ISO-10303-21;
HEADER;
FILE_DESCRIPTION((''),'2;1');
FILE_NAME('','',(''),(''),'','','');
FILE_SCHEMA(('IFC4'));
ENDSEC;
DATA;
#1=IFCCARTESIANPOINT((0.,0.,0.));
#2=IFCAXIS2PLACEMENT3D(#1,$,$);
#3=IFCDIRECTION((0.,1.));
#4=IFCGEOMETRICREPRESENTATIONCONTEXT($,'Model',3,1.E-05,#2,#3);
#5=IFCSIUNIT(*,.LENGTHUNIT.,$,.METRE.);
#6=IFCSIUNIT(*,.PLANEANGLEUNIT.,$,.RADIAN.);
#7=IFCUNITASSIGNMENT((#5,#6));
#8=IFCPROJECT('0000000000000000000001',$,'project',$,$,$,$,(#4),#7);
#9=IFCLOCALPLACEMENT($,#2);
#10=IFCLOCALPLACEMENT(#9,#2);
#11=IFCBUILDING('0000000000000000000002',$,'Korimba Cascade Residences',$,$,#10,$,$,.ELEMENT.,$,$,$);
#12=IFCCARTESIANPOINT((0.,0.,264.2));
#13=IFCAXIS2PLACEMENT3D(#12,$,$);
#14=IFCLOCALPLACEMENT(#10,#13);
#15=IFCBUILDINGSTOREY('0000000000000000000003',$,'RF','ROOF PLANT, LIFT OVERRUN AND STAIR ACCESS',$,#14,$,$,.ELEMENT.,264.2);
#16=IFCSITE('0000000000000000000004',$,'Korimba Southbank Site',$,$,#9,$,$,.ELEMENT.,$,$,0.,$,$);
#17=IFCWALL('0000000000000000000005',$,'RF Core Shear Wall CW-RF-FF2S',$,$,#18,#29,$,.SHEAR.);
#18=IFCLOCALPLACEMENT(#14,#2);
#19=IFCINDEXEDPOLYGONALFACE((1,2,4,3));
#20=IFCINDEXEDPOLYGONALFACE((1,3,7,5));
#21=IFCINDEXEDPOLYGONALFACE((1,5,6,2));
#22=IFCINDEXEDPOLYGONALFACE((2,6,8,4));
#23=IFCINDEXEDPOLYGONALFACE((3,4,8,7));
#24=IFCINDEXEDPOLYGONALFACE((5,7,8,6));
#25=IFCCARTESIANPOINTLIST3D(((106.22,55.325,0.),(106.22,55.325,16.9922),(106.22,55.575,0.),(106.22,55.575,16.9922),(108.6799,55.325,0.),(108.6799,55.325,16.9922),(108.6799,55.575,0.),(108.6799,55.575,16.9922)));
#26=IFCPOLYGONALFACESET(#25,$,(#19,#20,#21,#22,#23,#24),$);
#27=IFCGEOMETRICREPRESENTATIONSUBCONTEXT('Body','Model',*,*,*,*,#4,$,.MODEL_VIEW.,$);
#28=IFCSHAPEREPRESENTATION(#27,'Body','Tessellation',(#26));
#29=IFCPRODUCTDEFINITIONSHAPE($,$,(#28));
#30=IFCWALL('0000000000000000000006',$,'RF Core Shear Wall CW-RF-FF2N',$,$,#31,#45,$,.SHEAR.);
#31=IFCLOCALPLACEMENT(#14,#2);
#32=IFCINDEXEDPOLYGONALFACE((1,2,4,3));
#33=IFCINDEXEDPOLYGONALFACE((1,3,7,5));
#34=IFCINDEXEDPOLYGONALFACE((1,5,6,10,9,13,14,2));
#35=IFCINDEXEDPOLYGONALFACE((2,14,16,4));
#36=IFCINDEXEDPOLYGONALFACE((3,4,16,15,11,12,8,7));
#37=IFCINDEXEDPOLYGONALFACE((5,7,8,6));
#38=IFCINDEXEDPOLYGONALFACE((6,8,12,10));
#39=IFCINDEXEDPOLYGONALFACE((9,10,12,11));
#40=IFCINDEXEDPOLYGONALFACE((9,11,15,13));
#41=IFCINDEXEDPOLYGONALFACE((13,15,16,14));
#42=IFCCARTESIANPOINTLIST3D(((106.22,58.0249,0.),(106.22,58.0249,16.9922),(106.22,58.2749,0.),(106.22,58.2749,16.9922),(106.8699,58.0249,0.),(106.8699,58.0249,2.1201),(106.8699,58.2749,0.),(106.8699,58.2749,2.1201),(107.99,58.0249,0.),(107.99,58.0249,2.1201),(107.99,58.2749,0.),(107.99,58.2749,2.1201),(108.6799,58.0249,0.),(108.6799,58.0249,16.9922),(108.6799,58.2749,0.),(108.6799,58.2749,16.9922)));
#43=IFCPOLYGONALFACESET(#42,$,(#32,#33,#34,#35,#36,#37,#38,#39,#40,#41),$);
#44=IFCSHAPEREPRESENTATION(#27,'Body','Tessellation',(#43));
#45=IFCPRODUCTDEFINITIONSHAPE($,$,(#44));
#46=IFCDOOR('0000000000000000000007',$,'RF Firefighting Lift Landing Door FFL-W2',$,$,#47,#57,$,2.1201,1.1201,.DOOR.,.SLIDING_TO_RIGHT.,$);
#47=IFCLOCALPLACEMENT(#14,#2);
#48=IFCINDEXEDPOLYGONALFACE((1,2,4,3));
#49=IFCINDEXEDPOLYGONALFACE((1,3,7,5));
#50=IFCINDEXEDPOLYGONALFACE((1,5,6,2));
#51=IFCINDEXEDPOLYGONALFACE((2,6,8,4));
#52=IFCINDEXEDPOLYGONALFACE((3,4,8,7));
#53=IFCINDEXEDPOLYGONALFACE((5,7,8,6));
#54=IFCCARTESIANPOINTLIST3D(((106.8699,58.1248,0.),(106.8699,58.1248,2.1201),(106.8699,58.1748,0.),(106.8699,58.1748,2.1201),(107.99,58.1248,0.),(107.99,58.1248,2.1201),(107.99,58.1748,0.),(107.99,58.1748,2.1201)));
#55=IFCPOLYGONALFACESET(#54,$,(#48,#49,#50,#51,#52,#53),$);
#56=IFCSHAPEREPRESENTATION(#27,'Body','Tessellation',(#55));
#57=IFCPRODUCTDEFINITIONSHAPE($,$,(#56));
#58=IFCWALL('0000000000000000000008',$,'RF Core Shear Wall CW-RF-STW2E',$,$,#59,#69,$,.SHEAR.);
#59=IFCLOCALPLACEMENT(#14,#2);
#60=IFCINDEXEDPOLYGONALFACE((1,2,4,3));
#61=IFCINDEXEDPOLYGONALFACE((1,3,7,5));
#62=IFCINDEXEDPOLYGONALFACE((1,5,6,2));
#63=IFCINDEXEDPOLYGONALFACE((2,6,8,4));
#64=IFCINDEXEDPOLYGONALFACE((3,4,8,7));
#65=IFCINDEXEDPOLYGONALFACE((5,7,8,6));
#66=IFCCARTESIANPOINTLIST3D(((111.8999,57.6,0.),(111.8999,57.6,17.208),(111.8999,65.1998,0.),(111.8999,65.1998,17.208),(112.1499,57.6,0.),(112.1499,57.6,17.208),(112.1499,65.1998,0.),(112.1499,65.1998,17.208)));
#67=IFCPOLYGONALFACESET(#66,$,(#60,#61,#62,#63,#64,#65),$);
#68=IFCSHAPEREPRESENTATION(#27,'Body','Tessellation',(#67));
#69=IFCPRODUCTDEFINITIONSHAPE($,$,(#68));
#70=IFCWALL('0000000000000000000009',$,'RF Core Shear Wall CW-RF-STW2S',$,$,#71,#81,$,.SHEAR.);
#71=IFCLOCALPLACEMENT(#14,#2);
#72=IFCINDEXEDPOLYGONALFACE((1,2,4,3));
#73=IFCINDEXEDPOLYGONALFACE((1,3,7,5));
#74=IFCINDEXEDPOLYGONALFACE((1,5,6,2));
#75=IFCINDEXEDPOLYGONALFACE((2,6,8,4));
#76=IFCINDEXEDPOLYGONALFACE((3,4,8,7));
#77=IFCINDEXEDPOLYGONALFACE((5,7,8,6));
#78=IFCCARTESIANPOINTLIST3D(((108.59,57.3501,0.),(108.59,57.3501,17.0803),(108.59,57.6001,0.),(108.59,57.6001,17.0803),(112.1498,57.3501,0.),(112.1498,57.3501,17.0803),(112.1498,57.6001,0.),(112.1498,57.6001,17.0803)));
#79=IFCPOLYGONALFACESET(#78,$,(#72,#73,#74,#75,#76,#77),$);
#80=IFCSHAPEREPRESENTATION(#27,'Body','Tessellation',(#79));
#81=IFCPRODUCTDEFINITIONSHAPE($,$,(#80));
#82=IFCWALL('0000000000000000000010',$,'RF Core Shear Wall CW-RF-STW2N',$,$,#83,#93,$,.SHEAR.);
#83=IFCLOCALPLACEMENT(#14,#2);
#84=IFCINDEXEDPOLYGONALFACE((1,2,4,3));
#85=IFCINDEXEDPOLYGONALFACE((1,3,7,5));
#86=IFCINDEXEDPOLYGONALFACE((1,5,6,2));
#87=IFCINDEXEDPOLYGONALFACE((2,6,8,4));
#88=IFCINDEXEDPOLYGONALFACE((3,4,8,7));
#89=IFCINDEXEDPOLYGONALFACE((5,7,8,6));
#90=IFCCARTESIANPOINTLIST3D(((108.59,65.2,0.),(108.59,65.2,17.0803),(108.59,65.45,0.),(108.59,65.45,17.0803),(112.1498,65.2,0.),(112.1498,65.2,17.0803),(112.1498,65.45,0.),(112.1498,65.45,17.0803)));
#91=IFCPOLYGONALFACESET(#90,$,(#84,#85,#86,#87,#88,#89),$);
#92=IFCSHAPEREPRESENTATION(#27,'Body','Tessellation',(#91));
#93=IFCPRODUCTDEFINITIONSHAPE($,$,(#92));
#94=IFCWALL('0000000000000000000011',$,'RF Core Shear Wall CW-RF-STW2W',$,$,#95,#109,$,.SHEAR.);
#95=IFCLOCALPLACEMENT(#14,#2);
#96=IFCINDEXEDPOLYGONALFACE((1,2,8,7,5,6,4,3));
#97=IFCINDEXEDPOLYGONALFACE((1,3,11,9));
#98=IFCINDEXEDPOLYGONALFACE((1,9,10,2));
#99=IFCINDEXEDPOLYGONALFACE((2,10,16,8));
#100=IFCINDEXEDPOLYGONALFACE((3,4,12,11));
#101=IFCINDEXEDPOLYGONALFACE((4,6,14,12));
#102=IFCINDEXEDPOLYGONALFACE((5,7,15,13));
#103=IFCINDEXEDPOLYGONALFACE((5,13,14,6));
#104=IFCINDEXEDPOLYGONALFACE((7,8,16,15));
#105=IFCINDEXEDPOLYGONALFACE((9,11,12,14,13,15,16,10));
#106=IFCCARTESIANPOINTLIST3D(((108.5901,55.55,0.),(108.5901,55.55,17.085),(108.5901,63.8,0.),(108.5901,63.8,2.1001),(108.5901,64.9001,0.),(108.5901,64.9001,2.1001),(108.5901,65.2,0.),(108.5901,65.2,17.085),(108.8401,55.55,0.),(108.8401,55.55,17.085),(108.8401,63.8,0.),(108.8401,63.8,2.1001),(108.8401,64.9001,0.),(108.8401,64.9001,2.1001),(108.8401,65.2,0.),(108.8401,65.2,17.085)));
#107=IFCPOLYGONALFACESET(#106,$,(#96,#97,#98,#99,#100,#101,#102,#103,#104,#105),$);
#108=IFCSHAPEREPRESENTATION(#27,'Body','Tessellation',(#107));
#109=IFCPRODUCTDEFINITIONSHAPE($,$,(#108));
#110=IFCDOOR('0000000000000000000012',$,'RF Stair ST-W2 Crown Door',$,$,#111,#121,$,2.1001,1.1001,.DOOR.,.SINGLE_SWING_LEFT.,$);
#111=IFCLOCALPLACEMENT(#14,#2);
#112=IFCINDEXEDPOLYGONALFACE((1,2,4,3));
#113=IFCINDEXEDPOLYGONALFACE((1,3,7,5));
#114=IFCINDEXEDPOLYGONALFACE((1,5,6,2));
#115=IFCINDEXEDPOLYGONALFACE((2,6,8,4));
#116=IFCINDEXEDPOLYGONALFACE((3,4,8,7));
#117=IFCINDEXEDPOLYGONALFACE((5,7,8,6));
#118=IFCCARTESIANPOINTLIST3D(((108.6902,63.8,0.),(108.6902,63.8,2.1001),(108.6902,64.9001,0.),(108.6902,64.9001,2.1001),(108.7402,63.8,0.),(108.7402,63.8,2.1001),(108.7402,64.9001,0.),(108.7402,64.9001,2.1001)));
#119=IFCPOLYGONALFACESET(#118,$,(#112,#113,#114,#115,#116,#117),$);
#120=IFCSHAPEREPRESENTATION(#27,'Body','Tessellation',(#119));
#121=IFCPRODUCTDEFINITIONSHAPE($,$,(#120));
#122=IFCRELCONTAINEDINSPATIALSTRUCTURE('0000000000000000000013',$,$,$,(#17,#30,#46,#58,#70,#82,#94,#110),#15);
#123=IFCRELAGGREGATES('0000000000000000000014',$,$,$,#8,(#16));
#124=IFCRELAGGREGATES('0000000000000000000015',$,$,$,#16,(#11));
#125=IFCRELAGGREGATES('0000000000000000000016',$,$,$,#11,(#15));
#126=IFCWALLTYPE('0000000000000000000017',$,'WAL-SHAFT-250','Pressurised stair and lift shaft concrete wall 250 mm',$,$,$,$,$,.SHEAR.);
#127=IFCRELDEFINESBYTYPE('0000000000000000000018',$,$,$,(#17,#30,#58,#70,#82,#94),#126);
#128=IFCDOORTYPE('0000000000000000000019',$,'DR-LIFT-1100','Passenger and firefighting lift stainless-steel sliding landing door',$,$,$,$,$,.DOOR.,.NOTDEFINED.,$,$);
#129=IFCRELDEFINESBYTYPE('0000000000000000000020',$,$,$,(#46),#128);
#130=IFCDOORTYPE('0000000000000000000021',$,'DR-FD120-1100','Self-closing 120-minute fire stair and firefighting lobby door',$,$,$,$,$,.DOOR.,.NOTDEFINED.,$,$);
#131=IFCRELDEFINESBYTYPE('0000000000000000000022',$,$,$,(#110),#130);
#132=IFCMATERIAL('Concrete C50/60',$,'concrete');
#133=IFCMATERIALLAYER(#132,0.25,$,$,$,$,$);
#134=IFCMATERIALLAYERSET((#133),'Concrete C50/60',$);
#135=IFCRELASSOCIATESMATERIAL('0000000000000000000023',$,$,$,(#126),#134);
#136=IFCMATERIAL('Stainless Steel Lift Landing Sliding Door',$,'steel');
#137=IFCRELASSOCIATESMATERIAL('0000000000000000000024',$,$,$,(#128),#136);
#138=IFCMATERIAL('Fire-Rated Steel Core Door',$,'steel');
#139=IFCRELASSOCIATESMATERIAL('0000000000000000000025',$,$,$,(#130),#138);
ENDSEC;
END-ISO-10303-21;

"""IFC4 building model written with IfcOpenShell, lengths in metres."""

from ifc_helpers import new_model, si_unit, direction, frame, frame_2d, origin, place, context, subcontext, project, spatial, rectangle, extrude, material, layer, layer_set, type_object, element, fill, save


model = new_model("IFC4")

# Units and contexts
model_context = context("Model", 3, precision=1e-05, world=origin(), true_north=direction((0.0, 1.0)))
body_context = subcontext(model_context, "Body", "Model", "MODEL_VIEW")
ifc_project = project(units=[si_unit("LENGTHUNIT", "METRE"), si_unit("PLANEANGLEUNIT", "RADIAN")], contexts=[model_context])

# Site, building, storey
site_placement = place(None, origin())
site = spatial("IfcSite", under=ifc_project, at=site_placement, Name="Korimba Southbank Site", CompositionType="ELEMENT", RefElevation=0.0)
building_placement = place(site_placement, origin())
building = spatial("IfcBuilding", under=site, at=building_placement, Name="Korimba Cascade Residences", CompositionType="ELEMENT")
storey_placement = place(building_placement, frame((0.0, 0.0, 264.2)))
storey = spatial("IfcBuildingStorey", under=building, at=storey_placement, Name="RF", Description="ROOF PLANT, LIFT OVERRUN AND STAIR ACCESS", CompositionType="ELEMENT", Elevation=264.2)

# Wall
ifc_material_1 = material(Name="Concrete C50/60", Category="concrete")
ifc_layer_1 = layer(ifc_material_1, 0.25)
ifc_layer_set_1 = layer_set([ifc_layer_1], Name="Concrete C50/60")
wall_type_1 = type_object("IfcWallType", Name="WAL-SHAFT-250", Description="Pressurised stair and lift shaft concrete wall 250 mm", PredefinedType="SHEAR", material=ifc_layer_set_1)
wall_1_placement = place(storey_placement, frame((106.22, 55.45, 0.0), z_axis=(0.0, 0.0, 1.0), x_axis=(1.0, 0.0, 0.0)))
element("IfcWall", 1, at=wall_1_placement, inside=storey, type_object=wall_type_1, Name="RF Core Shear Wall CW-RF-FF2S", PredefinedType="SHEAR", context=body_context, shape_type="SweptSolid", body=[
    extrude(rectangle(XDim=2.46, YDim=0.25, at=frame_2d((1.23, 0.0))), origin(), (0.0, 0.0, 1.0), 16.9922),
])

# Wall, opening, door
wall_2_placement = place(storey_placement, frame((106.22, 58.1499, 0.0), z_axis=(0.0, 0.0, 1.0), x_axis=(1.0, 0.0, 0.0)))
wall_2 = element("IfcWall", 2, at=wall_2_placement, inside=storey, type_object=wall_type_1, Name="RF Core Shear Wall CW-RF-FF2N", PredefinedType="SHEAR", context=body_context, shape_type="SweptSolid", body=[
    extrude(rectangle(XDim=2.46, YDim=0.25, at=frame_2d((1.23, 0.0))), origin(), (0.0, 0.0, 1.0), 16.9922),
])
opening_1_placement = place(wall_2_placement, frame((0.6499, 0.0, 0.0)))
opening_1 = element("IfcOpeningElement", 3, at=opening_1_placement, cuts=wall_2, PredefinedType="OPENING", context=body_context, shape_type="SweptSolid", body=[
    extrude(rectangle(XDim=1.1201, YDim=2.1201, at=frame_2d((0.5601, 1.0601))), frame((0.0, 0.135, 0.0), z_axis=(0.0, -1.0, 0.0), x_axis=(1.0, 0.0, 0.0)), (0.0, 0.0, 1.0), 0.27),
])
ifc_material_2 = material(Name="Stainless Steel Lift Landing Sliding Door", Category="steel")
door_type_1 = type_object("IfcDoorType", Name="DR-LIFT-1100", Description="Passenger and firefighting lift stainless-steel sliding landing door", OperationType="NOTDEFINED", PredefinedType="DOOR", material=ifc_material_2)
door_1_placement = place(opening_1_placement, origin())
door_1 = element("IfcDoor", 4, at=door_1_placement, inside=storey, type_object=door_type_1, Name="RF Firefighting Lift Landing Door FFL-W2", OperationType="SLIDING_TO_RIGHT", OverallHeight=2.1201, OverallWidth=1.1201, PredefinedType="DOOR", context=body_context, shape_type="SweptSolid", body=[
    extrude(rectangle(XDim=1.1201, YDim=2.1201, at=frame_2d((0.5601, 1.0601))), frame((0.0, 0.0249, 0.0), z_axis=(0.0, -1.0, 0.0), x_axis=(1.0, 0.0, 0.0)), (0.0, 0.0, 1.0), 0.05),
])
fill(opening_1, door_1)

# Walls
wall_3_placement = place(storey_placement, frame((112.0249, 57.6001, 0.0), z_axis=(0.0, 0.0, 1.0), x_axis=(0.0, 1.0, 0.0)))
element("IfcWall", 5, at=wall_3_placement, inside=storey, type_object=wall_type_1, Name="RF Core Shear Wall CW-RF-STW2E", PredefinedType="SHEAR", context=body_context, shape_type="SweptSolid", body=[
    extrude(rectangle(XDim=7.5999, YDim=0.25, at=frame_2d((3.7998, 0.0))), origin(), (0.0, 0.0, 1.0), 17.208),
])
for number, where, z_axis, x_axis, name in (
    (6, (108.5901, 57.4751, 0.0), (0.0, 0.0, 1.0), (1.0, 0.0, 0.0), "RF Core Shear Wall CW-RF-STW2S"),
    (7, (108.5901, 65.325, 0.0), (0.0, 0.0, 1.0), (1.0, 0.0, 0.0), "RF Core Shear Wall CW-RF-STW2N"),
):
    element("IfcWall", number, at=place(storey_placement, frame(where, z_axis=z_axis, x_axis=x_axis)), inside=storey, type_object=wall_type_1, Name=name, PredefinedType="SHEAR", context=body_context, shape_type="SweptSolid", body=[
        extrude(rectangle(XDim=3.5598, YDim=0.25, at=frame_2d((1.7798, 0.0))), origin(), (0.0, 0.0, 1.0), 17.0803),
    ])

# Wall, opening, door
wall_4_placement = place(storey_placement, frame((108.7151, 55.55, 0.0), z_axis=(0.0, 0.0, 1.0), x_axis=(0.0, 1.0, 0.0)))
wall_4 = element("IfcWall", 8, at=wall_4_placement, inside=storey, type_object=wall_type_1, Name="RF Core Shear Wall CW-RF-STW2W", PredefinedType="SHEAR", context=body_context, shape_type="SweptSolid", body=[
    extrude(rectangle(XDim=9.6499, YDim=0.25, at=frame_2d((4.825, 0.0))), origin(), (0.0, 0.0, 1.0), 17.085),
])
opening_2_placement = place(wall_4_placement, frame((8.25, 0.0, 0.0)))
opening_2 = element("IfcOpeningElement", 9, at=opening_2_placement, cuts=wall_4, PredefinedType="OPENING", context=body_context, shape_type="SweptSolid", body=[
    extrude(rectangle(XDim=1.1001, YDim=2.1001, at=frame_2d((0.55, 1.05))), frame((0.0, 0.135, 0.0), z_axis=(0.0, -1.0, 0.0), x_axis=(1.0, 0.0, 0.0)), (0.0, 0.0, 1.0), 0.27),
])
ifc_material_3 = material(Name="Fire-Rated Steel Core Door", Category="steel")
door_type_2 = type_object("IfcDoorType", Name="DR-FD120-1100", Description="Self-closing 120-minute fire stair and firefighting lobby door", OperationType="NOTDEFINED", PredefinedType="DOOR", material=ifc_material_3)
door_2_placement = place(opening_2_placement, origin())
door_2 = element("IfcDoor", 10, at=door_2_placement, inside=storey, type_object=door_type_2, Name="RF Stair ST-W2 Crown Door", OperationType="SINGLE_SWING_LEFT", OverallHeight=2.1001, OverallWidth=1.1001, PredefinedType="DOOR", context=body_context, shape_type="SweptSolid", body=[
    extrude(rectangle(XDim=1.1001, YDim=2.1001, at=frame_2d((0.55, 1.05))), frame((0.0, 0.0249, 0.0), z_axis=(0.0, -1.0, 0.0), x_axis=(1.0, 0.0, 0.0)), (0.0, 0.0, 1.0), 0.05),
])
fill(opening_2, door_2)

save(model, "model.ifc")
